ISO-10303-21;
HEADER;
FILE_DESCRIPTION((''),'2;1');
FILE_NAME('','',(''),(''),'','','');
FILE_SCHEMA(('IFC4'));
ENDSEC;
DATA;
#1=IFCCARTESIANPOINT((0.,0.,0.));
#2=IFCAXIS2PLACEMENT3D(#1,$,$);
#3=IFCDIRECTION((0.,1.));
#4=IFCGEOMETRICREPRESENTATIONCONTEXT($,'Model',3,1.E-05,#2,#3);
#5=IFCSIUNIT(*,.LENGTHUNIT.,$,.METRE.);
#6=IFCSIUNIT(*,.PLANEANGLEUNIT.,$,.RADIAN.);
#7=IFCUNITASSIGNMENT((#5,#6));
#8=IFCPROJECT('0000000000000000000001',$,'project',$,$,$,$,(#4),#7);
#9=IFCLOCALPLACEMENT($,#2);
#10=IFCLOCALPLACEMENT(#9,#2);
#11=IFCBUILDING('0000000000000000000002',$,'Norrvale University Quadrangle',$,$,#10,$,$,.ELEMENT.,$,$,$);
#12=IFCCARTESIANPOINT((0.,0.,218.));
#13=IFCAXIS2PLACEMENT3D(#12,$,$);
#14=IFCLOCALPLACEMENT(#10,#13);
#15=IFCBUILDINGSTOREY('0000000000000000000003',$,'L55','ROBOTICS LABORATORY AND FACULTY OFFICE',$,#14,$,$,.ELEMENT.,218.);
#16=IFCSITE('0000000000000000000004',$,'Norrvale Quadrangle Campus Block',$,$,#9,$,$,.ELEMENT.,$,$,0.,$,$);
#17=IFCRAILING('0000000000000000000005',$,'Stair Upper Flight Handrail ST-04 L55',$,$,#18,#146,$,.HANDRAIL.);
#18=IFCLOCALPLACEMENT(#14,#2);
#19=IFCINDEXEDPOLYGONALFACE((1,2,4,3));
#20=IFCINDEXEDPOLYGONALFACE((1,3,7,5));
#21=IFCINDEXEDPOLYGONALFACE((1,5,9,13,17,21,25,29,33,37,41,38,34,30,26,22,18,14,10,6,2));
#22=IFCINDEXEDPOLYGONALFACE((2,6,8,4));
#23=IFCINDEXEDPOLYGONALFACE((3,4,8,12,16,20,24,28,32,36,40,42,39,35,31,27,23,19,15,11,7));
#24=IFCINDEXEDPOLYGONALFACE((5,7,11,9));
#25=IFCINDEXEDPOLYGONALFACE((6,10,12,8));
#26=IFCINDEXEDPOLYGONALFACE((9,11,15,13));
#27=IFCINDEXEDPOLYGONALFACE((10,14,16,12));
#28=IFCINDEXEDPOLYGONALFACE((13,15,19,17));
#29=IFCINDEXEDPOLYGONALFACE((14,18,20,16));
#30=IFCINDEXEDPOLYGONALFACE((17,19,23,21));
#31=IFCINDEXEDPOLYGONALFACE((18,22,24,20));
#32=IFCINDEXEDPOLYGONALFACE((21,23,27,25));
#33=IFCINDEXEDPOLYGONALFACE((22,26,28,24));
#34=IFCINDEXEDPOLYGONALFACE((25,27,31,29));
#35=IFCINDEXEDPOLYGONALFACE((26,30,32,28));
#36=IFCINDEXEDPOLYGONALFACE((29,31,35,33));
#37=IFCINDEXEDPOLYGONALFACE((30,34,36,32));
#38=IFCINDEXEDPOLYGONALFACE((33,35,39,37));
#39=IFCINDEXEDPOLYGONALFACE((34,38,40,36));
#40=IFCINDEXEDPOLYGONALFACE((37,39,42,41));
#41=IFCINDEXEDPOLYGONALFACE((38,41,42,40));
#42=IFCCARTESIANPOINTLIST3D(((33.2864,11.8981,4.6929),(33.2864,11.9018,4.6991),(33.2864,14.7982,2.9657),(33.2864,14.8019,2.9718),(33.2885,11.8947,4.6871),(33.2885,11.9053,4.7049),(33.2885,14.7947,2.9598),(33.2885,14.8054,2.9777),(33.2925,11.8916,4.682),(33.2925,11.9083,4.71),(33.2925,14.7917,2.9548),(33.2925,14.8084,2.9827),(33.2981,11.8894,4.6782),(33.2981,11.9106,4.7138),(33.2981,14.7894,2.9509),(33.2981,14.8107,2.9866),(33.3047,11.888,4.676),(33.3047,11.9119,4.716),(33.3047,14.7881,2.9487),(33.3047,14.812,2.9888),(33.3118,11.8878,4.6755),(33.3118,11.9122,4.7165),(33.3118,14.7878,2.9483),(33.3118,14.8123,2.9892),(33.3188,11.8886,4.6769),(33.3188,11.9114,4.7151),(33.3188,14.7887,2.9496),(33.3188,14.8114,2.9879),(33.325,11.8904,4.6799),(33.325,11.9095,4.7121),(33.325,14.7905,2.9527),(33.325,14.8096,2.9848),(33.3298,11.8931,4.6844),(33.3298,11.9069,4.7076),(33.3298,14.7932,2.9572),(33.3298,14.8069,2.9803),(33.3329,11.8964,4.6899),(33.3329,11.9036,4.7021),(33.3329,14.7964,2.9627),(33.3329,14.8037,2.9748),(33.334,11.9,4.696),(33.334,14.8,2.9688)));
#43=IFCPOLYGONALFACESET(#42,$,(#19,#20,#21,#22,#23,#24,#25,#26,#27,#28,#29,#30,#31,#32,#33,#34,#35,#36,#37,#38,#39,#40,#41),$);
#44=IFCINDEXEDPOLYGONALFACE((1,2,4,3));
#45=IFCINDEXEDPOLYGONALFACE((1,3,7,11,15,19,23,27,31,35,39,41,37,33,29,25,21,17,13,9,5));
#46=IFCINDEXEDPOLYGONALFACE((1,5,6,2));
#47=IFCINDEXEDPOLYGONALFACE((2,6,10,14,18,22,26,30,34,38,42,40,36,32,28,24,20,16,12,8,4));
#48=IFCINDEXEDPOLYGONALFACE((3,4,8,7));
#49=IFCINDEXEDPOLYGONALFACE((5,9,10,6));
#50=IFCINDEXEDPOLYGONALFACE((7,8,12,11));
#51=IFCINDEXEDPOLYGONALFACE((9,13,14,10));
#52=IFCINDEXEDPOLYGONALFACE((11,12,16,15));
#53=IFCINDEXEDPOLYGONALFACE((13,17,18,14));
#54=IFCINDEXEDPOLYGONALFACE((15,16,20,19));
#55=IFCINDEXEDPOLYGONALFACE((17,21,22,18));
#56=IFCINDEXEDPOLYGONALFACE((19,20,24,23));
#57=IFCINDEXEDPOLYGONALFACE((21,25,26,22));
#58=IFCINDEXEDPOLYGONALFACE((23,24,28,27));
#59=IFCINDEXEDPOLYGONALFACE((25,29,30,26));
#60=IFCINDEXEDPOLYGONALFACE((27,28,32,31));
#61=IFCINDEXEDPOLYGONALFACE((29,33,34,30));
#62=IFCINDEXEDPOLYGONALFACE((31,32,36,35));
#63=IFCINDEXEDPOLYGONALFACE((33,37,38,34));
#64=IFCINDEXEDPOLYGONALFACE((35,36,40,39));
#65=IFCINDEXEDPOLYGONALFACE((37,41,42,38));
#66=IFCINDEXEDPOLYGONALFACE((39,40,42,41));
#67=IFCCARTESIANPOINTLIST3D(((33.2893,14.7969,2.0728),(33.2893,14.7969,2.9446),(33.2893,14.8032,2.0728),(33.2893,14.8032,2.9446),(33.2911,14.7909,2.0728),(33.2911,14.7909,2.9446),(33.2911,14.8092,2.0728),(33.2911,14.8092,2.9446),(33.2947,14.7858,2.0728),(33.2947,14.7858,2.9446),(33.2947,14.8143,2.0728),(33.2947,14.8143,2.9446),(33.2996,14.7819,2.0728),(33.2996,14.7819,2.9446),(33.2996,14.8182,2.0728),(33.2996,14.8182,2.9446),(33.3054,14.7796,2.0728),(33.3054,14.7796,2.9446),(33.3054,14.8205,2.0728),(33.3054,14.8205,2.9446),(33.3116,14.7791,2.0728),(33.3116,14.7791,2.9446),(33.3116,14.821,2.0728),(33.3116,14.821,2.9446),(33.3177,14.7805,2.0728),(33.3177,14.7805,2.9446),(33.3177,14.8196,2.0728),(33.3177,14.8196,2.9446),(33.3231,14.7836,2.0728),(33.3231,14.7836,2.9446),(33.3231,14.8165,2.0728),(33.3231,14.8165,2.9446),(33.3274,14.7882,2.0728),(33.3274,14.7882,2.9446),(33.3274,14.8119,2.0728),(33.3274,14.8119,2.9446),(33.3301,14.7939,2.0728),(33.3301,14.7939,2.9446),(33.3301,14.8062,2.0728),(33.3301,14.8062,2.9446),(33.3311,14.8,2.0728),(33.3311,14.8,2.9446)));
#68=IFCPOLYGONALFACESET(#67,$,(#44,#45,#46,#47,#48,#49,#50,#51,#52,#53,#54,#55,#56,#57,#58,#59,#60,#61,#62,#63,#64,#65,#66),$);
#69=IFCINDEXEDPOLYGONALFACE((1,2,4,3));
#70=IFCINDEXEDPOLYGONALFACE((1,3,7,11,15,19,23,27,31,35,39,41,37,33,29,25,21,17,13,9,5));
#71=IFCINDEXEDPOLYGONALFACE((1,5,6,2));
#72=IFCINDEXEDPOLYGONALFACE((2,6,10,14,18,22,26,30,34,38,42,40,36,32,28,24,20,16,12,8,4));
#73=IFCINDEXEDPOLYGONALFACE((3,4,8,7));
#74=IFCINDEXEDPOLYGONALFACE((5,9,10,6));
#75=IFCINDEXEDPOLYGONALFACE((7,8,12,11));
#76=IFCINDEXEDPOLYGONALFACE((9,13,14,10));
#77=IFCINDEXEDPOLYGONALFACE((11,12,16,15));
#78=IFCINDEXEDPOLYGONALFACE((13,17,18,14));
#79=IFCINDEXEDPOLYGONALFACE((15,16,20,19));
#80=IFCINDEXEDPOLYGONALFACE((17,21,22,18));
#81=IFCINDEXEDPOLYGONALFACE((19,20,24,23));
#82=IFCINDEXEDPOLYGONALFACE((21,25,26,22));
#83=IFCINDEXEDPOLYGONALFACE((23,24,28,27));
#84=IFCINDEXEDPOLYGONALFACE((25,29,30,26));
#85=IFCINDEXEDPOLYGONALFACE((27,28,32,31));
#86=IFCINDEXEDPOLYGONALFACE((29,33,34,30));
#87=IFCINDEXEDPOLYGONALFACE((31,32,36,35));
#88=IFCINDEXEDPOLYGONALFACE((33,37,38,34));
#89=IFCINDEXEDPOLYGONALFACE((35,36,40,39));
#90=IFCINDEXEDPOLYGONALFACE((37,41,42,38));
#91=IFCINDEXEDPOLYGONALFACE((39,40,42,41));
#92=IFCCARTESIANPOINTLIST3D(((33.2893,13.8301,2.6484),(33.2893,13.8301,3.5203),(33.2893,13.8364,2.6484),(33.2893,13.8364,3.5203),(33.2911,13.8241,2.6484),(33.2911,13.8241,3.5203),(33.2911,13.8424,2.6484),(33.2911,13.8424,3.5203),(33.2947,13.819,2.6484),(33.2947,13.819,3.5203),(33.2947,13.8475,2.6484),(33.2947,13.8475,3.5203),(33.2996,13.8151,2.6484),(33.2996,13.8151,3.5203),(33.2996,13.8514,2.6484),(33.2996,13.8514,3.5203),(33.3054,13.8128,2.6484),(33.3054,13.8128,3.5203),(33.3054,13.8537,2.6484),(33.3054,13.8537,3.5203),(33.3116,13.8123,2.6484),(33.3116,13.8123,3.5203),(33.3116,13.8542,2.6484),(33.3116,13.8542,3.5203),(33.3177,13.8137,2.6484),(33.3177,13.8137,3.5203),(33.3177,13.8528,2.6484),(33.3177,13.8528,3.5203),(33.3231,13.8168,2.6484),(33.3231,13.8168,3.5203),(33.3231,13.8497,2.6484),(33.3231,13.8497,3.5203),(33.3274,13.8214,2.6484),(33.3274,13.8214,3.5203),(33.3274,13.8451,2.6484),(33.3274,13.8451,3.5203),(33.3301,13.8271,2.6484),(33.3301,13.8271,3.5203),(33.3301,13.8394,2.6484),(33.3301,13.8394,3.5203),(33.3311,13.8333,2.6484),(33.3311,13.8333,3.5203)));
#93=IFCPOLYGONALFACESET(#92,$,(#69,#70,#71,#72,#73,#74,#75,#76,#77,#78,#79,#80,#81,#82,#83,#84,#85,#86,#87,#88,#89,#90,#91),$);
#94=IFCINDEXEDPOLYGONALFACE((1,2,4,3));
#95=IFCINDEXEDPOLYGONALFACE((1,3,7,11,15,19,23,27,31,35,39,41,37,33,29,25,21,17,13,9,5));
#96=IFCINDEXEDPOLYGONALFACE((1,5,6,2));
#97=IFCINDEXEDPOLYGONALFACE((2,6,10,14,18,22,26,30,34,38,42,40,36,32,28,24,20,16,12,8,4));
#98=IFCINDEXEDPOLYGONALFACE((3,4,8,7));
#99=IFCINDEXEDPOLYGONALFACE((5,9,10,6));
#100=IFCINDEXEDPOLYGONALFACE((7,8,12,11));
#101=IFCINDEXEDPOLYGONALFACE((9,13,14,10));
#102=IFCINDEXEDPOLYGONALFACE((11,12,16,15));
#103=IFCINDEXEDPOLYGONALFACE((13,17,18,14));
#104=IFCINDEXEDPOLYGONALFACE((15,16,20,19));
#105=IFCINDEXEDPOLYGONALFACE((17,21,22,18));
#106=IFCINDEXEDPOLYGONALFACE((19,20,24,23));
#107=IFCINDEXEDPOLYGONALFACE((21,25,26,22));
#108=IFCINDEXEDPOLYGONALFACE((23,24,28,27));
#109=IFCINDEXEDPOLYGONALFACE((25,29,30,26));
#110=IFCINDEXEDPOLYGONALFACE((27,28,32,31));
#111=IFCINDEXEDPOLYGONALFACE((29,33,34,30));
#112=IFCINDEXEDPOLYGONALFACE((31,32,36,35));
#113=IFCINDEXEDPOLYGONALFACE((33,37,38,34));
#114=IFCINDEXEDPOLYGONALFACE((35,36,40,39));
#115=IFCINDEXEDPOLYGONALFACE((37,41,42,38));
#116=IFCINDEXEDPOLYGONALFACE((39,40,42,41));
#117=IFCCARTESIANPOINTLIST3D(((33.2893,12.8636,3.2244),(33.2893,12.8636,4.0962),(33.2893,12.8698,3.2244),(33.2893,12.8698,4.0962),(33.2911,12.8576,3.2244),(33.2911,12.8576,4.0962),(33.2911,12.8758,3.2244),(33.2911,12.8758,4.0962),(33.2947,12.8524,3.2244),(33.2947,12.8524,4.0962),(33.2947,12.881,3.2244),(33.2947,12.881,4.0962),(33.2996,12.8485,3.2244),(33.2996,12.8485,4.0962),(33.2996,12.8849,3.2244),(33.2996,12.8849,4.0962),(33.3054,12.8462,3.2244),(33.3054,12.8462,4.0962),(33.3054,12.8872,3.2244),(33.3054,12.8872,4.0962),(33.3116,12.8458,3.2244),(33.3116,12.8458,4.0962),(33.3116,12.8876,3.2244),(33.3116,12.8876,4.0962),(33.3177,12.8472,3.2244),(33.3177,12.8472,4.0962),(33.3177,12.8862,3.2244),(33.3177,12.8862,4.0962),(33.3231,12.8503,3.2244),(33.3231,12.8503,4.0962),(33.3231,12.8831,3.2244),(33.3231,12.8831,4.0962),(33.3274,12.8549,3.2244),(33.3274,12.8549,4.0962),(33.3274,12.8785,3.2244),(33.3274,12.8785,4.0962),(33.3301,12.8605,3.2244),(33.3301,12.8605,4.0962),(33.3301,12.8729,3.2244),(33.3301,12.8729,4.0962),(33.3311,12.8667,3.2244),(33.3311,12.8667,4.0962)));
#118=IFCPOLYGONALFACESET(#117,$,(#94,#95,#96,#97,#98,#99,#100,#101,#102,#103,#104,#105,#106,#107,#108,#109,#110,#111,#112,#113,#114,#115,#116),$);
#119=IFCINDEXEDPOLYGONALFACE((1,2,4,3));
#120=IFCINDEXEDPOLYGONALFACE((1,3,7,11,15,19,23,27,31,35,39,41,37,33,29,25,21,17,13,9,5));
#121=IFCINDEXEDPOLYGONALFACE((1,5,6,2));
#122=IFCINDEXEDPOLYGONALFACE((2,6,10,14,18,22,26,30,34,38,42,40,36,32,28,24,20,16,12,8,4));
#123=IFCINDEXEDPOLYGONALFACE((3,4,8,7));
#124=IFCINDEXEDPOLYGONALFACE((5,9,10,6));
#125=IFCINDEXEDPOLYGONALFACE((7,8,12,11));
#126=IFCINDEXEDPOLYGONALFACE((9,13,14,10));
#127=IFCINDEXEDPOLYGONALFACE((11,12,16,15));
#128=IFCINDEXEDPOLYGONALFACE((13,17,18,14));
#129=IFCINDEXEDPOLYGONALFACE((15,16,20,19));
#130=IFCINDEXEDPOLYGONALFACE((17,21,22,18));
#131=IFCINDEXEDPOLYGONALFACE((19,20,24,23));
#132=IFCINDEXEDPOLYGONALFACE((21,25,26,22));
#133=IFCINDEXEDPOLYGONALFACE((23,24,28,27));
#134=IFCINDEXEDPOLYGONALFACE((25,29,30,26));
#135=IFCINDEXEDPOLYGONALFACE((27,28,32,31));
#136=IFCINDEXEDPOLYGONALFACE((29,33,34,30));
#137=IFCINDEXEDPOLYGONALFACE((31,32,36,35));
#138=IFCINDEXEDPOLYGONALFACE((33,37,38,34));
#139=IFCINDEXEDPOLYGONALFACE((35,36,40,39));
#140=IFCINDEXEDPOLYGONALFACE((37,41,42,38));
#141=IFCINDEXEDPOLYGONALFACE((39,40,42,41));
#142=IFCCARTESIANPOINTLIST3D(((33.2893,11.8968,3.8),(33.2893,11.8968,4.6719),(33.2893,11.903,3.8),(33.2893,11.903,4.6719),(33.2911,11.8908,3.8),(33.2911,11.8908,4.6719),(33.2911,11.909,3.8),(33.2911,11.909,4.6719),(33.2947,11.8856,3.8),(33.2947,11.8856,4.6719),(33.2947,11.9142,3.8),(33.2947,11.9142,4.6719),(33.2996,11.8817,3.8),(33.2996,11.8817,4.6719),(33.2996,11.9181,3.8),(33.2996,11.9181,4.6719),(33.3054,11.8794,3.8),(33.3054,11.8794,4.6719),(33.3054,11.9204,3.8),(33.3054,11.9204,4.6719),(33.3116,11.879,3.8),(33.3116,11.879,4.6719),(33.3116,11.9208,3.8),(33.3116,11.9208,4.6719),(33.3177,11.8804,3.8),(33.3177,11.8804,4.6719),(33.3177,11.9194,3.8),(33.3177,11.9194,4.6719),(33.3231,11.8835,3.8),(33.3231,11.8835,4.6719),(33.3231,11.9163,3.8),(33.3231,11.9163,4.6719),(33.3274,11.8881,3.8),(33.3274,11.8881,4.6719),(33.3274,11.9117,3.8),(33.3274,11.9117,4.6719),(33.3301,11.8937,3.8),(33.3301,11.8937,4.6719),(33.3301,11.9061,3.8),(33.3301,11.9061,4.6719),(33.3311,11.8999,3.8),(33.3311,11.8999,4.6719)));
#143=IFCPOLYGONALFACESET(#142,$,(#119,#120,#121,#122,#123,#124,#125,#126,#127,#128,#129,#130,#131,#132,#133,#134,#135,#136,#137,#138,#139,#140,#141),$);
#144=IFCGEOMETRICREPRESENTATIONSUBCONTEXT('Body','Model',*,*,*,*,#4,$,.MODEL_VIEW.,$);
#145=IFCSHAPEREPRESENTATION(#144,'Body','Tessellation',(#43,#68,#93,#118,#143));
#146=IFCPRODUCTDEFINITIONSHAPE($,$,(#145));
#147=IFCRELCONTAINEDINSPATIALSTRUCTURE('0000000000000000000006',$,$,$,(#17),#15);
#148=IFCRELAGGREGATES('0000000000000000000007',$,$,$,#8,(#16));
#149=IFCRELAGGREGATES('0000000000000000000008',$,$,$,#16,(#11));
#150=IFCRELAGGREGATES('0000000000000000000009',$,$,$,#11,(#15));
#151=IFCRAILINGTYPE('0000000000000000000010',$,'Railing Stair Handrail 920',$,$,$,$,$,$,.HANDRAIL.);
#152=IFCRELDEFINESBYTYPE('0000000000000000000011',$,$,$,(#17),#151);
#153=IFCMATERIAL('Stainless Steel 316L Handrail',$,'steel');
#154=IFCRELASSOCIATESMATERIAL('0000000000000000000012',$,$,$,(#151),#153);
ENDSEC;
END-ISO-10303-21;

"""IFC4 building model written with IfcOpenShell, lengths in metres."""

from ifc_helpers import new_model, si_unit, direction, frame, origin, origin_2d, place, context, subcontext, project, spatial, circle, extrude, material, type_object, element, save


model = new_model("IFC4")

# Units and contexts
model_context = context("Model", 3, precision=1e-05, world=origin(), true_north=direction((0.0, 1.0)))
body_context = subcontext(model_context, "Body", "Model", "MODEL_VIEW")
ifc_project = project(units=[si_unit("LENGTHUNIT", "METRE"), si_unit("PLANEANGLEUNIT", "RADIAN")], contexts=[model_context])

# Site, building, storey
site_placement = place(None, origin())
site = spatial("IfcSite", under=ifc_project, at=site_placement, Name="Norrvale Quadrangle Campus Block", CompositionType="ELEMENT", RefElevation=0.0)
building_placement = place(site_placement, origin())
building = spatial("IfcBuilding", under=site, at=building_placement, Name="Norrvale University Quadrangle", CompositionType="ELEMENT")
storey_placement = place(building_placement, frame((0.0, 0.0, 218.0)))
storey = spatial("IfcBuildingStorey", under=building, at=storey_placement, Name="L55", Description="ROBOTICS LABORATORY AND FACULTY OFFICE", CompositionType="ELEMENT", Elevation=218.0)

# Railing
ifc_material_1 = material(Name="Stainless Steel 316L Handrail", Category="steel")
railing_type_1 = type_object("IfcRailingType", Name="Railing Stair Handrail 920", PredefinedType="HANDRAIL", material=ifc_material_1)
railing_1_placement = place(storey_placement, frame((33.3101, 14.8, 2.0728)))
element("IfcRailing", 1, at=railing_1_placement, inside=storey, type_object=railing_type_1, Name="Stair Upper Flight Handrail ST-04 L55", PredefinedType="HANDRAIL", context=body_context, shape_type="SweptSolid", body=[
    extrude(circle(Radius=0.0239, at=origin_2d()), frame((0.0, 0.0, 0.896), z_axis=(0.0, -0.85916, 0.511706), x_axis=(1.0, 0.0, 0.0)), (0.0, 0.0, 1.0), 3.3755),
    extrude(circle(Radius=0.021, at=origin_2d()), origin(), (0.0, 0.0, 1.0), 0.8718),
    extrude(circle(Radius=0.021, at=origin_2d()), frame((0.0, -0.9668, 0.5757)), (0.0, 0.0, 1.0), 0.8718),
    extrude(circle(Radius=0.021, at=origin_2d()), frame((0.0, -1.9333, 1.1516)), (0.0, 0.0, 1.0), 0.8718),
    extrude(circle(Radius=0.021, at=origin_2d()), frame((0.0, -2.9001, 1.7273)), (0.0, 0.0, 1.0), 0.8718),
])

save(model, "model.ifc")
